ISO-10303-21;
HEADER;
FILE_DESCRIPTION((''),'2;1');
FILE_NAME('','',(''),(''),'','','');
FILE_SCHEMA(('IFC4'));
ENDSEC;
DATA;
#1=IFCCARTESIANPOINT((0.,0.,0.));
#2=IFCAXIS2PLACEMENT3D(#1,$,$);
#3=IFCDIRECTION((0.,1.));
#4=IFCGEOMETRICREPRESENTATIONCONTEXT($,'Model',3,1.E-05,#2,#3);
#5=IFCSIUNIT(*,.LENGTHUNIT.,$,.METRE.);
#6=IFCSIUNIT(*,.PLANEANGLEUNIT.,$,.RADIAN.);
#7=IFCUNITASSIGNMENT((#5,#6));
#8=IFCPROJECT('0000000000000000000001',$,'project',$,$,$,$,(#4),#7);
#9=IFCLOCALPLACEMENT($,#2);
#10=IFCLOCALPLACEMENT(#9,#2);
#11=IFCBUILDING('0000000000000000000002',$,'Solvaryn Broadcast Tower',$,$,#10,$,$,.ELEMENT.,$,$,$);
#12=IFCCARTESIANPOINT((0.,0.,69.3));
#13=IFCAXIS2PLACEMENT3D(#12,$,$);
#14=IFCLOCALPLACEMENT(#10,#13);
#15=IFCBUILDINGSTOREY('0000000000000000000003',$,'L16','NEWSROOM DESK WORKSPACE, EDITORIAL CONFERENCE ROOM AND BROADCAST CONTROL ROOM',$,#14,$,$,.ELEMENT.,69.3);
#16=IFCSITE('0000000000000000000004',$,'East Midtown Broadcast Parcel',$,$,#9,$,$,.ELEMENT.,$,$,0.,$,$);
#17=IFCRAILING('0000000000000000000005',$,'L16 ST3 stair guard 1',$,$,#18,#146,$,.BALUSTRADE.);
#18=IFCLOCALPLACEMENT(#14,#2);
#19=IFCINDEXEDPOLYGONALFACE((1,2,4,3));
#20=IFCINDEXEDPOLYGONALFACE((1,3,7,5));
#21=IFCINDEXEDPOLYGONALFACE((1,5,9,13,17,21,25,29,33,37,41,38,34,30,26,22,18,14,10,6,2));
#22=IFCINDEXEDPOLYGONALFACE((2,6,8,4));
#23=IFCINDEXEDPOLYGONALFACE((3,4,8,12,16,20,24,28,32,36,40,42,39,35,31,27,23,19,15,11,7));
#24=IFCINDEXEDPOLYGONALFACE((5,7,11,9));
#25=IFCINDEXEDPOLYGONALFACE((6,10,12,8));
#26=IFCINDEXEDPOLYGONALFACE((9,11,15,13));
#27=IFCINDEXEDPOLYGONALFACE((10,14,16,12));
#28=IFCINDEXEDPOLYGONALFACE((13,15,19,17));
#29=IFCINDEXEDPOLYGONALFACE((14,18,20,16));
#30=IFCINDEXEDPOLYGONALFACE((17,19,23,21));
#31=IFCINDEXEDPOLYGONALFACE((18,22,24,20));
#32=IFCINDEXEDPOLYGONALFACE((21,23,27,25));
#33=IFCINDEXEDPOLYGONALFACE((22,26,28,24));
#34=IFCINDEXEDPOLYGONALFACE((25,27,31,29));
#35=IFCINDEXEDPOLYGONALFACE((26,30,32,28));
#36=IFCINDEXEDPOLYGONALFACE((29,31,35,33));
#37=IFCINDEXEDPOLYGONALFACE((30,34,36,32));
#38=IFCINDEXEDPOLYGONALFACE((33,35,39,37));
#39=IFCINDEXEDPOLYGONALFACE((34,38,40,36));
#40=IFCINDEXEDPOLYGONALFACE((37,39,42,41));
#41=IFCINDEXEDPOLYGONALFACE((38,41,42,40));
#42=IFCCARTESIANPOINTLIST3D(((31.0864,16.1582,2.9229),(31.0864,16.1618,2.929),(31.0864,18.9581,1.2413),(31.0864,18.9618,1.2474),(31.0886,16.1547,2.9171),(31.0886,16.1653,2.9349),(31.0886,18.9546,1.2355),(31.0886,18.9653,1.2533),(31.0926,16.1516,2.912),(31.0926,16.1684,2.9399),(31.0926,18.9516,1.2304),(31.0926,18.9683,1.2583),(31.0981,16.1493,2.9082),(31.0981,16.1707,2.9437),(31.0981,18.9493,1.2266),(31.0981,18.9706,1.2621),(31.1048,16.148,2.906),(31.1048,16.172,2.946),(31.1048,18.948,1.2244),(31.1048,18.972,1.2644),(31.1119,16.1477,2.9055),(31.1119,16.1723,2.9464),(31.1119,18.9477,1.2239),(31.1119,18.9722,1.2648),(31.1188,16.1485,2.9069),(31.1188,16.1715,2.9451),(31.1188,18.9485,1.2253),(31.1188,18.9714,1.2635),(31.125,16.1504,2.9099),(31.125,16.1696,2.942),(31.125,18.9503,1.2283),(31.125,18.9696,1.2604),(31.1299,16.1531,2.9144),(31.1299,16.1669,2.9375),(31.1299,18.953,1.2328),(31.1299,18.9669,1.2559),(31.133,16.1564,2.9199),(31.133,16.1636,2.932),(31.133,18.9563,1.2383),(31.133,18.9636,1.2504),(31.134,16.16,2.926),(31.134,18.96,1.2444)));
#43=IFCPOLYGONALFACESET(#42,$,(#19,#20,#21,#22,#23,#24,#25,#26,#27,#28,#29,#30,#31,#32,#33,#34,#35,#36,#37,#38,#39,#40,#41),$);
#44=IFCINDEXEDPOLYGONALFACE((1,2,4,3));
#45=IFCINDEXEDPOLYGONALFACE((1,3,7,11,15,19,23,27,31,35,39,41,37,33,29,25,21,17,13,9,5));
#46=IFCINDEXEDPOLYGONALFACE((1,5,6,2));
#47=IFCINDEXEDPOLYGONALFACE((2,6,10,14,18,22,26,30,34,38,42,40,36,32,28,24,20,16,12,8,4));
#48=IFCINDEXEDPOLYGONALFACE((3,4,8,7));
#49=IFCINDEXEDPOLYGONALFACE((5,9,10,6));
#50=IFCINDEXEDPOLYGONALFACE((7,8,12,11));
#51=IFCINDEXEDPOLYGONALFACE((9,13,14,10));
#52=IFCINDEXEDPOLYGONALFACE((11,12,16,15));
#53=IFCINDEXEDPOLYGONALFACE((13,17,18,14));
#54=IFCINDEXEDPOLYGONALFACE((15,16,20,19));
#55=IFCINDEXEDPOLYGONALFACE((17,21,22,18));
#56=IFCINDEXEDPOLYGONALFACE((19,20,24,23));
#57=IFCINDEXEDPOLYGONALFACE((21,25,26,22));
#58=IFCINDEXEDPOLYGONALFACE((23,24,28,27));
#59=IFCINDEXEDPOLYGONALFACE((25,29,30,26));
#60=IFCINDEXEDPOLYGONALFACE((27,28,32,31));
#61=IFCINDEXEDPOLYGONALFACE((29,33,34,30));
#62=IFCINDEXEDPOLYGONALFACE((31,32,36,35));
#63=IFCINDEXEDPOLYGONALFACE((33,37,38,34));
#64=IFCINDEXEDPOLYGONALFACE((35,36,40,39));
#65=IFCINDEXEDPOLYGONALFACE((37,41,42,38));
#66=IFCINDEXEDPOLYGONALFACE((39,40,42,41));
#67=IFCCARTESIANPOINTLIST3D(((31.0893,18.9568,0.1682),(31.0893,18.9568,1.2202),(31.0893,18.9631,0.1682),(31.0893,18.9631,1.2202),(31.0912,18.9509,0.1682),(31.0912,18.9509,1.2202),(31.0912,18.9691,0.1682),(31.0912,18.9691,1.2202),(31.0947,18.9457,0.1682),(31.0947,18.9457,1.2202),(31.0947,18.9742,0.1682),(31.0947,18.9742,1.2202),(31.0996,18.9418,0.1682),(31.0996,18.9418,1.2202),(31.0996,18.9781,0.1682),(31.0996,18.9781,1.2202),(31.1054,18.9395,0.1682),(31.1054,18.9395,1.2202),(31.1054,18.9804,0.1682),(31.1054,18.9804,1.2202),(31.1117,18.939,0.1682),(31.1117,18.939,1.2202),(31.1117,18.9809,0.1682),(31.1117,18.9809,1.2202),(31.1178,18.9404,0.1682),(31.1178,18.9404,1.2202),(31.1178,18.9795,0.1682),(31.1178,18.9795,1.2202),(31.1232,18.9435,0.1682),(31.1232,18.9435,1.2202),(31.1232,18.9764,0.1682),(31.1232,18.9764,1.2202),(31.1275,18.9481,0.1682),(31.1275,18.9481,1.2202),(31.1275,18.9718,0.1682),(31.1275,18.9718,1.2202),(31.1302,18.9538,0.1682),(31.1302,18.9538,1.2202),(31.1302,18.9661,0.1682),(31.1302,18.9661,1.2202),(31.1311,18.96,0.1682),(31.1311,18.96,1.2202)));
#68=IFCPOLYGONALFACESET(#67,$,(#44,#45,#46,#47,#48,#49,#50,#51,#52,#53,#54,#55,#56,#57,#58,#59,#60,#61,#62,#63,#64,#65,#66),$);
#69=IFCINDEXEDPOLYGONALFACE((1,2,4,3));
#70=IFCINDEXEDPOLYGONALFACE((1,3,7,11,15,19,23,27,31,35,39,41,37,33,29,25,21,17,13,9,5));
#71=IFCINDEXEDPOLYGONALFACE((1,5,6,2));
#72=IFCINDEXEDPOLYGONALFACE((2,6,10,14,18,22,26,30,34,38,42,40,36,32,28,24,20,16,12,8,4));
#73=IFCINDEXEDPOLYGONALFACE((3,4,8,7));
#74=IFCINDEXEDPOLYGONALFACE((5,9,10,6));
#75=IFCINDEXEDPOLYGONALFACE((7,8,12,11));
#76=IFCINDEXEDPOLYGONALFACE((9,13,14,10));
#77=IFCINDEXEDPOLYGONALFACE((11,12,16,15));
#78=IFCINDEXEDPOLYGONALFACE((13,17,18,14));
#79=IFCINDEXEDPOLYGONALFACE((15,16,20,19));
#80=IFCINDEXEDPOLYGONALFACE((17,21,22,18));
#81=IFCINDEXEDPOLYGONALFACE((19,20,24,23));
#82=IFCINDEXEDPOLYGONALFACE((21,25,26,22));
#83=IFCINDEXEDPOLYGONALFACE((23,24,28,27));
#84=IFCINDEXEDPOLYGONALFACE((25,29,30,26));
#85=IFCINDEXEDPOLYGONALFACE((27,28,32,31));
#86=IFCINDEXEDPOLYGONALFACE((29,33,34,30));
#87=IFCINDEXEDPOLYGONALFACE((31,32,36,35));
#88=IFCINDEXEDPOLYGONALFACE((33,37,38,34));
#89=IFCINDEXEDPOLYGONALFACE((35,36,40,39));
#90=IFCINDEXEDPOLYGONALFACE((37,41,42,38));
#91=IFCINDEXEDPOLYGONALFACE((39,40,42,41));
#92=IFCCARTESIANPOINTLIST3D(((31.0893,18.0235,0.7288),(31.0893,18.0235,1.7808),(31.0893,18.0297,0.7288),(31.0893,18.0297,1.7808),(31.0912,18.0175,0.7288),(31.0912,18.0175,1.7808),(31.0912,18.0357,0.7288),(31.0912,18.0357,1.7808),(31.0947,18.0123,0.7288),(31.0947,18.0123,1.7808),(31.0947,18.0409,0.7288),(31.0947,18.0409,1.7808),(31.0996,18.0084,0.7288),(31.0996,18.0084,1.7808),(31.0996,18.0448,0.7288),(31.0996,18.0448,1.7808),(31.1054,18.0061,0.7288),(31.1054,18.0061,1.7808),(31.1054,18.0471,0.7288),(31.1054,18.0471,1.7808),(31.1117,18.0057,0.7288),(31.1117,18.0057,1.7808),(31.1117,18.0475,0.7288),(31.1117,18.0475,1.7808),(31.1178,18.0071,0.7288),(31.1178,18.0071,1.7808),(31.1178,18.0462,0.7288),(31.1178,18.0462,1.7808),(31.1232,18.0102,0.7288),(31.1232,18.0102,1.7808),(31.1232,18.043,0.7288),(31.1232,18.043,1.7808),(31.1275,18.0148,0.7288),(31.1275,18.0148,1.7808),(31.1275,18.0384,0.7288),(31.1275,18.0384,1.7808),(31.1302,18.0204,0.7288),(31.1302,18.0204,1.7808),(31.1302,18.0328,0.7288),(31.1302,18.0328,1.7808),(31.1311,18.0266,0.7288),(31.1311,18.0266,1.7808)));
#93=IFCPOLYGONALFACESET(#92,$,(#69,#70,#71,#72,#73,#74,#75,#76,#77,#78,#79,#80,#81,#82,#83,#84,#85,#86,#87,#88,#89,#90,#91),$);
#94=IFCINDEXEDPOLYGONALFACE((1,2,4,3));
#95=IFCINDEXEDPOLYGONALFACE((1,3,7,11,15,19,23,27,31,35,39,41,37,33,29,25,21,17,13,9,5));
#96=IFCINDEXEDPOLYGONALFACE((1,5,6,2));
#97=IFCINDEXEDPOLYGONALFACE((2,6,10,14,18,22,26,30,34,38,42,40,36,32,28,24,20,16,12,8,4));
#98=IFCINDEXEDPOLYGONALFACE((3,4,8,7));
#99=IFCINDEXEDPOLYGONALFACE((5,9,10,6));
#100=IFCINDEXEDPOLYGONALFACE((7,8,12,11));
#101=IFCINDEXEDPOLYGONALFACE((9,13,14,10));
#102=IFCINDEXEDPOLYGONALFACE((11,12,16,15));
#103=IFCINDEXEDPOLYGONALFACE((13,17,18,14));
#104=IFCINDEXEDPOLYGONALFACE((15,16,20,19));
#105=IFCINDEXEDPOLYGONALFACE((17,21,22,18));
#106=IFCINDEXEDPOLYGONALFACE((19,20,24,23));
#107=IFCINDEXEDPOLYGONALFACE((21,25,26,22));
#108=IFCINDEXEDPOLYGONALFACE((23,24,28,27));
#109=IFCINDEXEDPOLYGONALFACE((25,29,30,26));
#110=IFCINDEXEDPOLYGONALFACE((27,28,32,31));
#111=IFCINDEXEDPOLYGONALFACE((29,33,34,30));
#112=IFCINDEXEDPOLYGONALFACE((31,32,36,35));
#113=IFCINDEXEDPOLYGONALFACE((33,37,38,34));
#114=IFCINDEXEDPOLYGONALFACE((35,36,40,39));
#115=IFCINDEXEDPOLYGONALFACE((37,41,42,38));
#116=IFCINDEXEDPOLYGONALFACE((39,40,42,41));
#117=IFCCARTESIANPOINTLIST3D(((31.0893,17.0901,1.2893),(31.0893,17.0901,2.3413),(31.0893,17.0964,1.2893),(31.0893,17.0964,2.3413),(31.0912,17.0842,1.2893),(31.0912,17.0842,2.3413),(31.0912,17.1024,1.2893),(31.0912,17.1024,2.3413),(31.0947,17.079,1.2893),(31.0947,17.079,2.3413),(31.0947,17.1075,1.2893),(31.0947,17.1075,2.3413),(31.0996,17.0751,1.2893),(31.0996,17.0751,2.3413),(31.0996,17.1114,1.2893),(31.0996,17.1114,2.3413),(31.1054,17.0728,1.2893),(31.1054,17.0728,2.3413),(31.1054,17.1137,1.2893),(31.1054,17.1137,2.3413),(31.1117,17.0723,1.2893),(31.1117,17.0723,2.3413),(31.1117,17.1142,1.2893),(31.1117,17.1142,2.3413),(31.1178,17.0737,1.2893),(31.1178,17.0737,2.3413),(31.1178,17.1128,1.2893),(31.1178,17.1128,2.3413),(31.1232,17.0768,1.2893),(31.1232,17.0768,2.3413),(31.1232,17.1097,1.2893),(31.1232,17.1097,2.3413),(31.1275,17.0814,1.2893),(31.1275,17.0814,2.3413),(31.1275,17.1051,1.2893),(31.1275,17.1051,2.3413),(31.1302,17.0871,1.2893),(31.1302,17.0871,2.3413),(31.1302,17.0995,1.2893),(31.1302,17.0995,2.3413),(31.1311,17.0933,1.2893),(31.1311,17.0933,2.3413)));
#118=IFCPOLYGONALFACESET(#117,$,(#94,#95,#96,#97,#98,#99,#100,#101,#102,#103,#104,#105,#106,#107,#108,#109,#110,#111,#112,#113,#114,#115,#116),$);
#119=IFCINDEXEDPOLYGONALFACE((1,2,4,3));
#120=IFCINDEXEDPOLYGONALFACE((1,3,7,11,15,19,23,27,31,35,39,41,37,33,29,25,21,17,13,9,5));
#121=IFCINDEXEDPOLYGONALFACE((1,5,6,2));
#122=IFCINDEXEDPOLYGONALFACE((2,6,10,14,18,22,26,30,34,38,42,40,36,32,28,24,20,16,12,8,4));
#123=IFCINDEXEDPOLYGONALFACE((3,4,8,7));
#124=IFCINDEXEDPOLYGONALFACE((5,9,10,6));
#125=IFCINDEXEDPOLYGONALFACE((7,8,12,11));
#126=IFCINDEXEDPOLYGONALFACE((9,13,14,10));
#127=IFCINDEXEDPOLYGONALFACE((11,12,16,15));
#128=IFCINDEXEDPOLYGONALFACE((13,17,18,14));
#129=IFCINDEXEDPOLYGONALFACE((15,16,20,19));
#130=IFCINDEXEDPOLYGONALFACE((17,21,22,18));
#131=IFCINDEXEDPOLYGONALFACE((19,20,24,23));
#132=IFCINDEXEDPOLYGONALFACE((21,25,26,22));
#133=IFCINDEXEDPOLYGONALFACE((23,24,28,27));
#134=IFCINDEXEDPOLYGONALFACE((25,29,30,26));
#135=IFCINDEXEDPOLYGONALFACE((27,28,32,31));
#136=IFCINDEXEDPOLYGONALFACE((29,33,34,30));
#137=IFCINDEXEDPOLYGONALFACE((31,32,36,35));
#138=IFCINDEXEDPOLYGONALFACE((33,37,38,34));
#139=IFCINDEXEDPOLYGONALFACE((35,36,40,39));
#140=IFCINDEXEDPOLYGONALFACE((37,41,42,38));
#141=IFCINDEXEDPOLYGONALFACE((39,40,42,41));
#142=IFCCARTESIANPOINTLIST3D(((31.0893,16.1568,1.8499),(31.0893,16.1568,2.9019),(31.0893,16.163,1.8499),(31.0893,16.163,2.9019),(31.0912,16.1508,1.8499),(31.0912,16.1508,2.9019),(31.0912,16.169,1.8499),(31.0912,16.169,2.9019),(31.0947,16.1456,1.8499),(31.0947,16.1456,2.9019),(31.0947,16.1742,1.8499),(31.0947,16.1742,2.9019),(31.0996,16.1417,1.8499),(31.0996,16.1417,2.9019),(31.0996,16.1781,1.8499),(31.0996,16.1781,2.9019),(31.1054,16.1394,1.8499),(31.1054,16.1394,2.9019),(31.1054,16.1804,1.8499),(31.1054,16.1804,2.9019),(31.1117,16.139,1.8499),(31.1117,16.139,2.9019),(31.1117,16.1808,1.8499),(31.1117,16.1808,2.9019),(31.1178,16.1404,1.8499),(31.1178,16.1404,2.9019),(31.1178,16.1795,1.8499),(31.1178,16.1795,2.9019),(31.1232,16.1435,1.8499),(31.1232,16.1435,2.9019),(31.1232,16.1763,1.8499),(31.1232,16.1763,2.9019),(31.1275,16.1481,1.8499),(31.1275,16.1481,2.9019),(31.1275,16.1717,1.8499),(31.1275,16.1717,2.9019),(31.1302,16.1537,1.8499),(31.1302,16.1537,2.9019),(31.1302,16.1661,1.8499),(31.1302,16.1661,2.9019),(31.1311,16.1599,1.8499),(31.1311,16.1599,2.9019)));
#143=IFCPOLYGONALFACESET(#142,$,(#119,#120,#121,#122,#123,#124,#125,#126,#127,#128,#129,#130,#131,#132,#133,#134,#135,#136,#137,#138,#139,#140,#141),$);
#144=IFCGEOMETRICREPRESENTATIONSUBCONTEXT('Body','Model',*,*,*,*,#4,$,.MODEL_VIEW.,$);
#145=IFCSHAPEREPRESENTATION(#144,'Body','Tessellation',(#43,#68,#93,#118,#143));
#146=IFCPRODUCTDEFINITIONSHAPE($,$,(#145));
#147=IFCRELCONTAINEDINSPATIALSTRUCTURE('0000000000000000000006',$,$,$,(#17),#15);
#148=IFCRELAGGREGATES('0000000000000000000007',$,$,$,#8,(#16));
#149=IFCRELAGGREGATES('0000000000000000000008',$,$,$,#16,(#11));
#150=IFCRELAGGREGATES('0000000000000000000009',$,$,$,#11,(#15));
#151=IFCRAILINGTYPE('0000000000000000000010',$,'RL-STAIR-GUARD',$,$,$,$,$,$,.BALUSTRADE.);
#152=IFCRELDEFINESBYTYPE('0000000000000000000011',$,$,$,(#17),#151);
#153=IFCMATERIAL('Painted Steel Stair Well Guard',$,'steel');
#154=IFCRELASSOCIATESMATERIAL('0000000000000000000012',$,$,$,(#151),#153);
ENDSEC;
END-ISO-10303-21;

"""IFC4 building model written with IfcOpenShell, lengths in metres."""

from ifc_helpers import new_model, si_unit, direction, frame, origin, origin_2d, place, context, subcontext, project, spatial, circle, extrude, material, type_object, element, save


model = new_model("IFC4")

# Units and contexts
model_context = context("Model", 3, precision=1e-05, world=origin(), true_north=direction((0.0, 1.0)))
body_context = subcontext(model_context, "Body", "Model", "MODEL_VIEW")
ifc_project = project(units=[si_unit("LENGTHUNIT", "METRE"), si_unit("PLANEANGLEUNIT", "RADIAN")], contexts=[model_context])

# Site, building, storey
site_placement = place(None, origin())
site = spatial("IfcSite", under=ifc_project, at=site_placement, Name="East Midtown Broadcast Parcel", CompositionType="ELEMENT", RefElevation=0.0)
building_placement = place(site_placement, origin())
building = spatial("IfcBuilding", under=site, at=building_placement, Name="Solvaryn Broadcast Tower", CompositionType="ELEMENT")
storey_placement = place(building_placement, frame((0.0, 0.0, 69.3)))
storey = spatial("IfcBuildingStorey", under=building, at=storey_placement, Name="L16", Description="NEWSROOM DESK WORKSPACE, EDITORIAL CONFERENCE ROOM AND BROADCAST CONTROL ROOM", CompositionType="ELEMENT", Elevation=69.3)

# Railing
ifc_material_1 = material(Name="Painted Steel Stair Well Guard", Category="steel")
railing_type_1 = type_object("IfcRailingType", Name="RL-STAIR-GUARD", PredefinedType="BALUSTRADE", material=ifc_material_1)
railing_1_placement = place(storey_placement, frame((31.1101, 18.96, 0.1682)))
element("IfcRailing", 1, at=railing_1_placement, inside=storey, type_object=railing_type_1, Name="L16 ST3 stair guard 1", PredefinedType="BALUSTRADE", context=body_context, shape_type="SweptSolid", body=[
    extrude(circle(Radius=0.0239, at=origin_2d()), frame((0.0, 0.0, 1.0762), z_axis=(0.0, -0.857275, 0.514858), x_axis=(1.0, 0.0, 0.0)), (0.0, 0.0, 1.0), 3.2661),
    extrude(circle(Radius=0.021, at=origin_2d()), origin(), (0.0, 0.0, 1.0), 1.052),
    extrude(circle(Radius=0.021, at=origin_2d()), frame((0.0, -0.9333, 0.5605)), (0.0, 0.0, 1.0), 1.052),
    extrude(circle(Radius=0.021, at=origin_2d()), frame((0.0, -1.8667, 1.1211)), (0.0, 0.0, 1.0), 1.052),
    extrude(circle(Radius=0.021, at=origin_2d()), frame((0.0, -2.8, 1.6816)), (0.0, 0.0, 1.0), 1.052),
])

save(model, "model.ifc")
